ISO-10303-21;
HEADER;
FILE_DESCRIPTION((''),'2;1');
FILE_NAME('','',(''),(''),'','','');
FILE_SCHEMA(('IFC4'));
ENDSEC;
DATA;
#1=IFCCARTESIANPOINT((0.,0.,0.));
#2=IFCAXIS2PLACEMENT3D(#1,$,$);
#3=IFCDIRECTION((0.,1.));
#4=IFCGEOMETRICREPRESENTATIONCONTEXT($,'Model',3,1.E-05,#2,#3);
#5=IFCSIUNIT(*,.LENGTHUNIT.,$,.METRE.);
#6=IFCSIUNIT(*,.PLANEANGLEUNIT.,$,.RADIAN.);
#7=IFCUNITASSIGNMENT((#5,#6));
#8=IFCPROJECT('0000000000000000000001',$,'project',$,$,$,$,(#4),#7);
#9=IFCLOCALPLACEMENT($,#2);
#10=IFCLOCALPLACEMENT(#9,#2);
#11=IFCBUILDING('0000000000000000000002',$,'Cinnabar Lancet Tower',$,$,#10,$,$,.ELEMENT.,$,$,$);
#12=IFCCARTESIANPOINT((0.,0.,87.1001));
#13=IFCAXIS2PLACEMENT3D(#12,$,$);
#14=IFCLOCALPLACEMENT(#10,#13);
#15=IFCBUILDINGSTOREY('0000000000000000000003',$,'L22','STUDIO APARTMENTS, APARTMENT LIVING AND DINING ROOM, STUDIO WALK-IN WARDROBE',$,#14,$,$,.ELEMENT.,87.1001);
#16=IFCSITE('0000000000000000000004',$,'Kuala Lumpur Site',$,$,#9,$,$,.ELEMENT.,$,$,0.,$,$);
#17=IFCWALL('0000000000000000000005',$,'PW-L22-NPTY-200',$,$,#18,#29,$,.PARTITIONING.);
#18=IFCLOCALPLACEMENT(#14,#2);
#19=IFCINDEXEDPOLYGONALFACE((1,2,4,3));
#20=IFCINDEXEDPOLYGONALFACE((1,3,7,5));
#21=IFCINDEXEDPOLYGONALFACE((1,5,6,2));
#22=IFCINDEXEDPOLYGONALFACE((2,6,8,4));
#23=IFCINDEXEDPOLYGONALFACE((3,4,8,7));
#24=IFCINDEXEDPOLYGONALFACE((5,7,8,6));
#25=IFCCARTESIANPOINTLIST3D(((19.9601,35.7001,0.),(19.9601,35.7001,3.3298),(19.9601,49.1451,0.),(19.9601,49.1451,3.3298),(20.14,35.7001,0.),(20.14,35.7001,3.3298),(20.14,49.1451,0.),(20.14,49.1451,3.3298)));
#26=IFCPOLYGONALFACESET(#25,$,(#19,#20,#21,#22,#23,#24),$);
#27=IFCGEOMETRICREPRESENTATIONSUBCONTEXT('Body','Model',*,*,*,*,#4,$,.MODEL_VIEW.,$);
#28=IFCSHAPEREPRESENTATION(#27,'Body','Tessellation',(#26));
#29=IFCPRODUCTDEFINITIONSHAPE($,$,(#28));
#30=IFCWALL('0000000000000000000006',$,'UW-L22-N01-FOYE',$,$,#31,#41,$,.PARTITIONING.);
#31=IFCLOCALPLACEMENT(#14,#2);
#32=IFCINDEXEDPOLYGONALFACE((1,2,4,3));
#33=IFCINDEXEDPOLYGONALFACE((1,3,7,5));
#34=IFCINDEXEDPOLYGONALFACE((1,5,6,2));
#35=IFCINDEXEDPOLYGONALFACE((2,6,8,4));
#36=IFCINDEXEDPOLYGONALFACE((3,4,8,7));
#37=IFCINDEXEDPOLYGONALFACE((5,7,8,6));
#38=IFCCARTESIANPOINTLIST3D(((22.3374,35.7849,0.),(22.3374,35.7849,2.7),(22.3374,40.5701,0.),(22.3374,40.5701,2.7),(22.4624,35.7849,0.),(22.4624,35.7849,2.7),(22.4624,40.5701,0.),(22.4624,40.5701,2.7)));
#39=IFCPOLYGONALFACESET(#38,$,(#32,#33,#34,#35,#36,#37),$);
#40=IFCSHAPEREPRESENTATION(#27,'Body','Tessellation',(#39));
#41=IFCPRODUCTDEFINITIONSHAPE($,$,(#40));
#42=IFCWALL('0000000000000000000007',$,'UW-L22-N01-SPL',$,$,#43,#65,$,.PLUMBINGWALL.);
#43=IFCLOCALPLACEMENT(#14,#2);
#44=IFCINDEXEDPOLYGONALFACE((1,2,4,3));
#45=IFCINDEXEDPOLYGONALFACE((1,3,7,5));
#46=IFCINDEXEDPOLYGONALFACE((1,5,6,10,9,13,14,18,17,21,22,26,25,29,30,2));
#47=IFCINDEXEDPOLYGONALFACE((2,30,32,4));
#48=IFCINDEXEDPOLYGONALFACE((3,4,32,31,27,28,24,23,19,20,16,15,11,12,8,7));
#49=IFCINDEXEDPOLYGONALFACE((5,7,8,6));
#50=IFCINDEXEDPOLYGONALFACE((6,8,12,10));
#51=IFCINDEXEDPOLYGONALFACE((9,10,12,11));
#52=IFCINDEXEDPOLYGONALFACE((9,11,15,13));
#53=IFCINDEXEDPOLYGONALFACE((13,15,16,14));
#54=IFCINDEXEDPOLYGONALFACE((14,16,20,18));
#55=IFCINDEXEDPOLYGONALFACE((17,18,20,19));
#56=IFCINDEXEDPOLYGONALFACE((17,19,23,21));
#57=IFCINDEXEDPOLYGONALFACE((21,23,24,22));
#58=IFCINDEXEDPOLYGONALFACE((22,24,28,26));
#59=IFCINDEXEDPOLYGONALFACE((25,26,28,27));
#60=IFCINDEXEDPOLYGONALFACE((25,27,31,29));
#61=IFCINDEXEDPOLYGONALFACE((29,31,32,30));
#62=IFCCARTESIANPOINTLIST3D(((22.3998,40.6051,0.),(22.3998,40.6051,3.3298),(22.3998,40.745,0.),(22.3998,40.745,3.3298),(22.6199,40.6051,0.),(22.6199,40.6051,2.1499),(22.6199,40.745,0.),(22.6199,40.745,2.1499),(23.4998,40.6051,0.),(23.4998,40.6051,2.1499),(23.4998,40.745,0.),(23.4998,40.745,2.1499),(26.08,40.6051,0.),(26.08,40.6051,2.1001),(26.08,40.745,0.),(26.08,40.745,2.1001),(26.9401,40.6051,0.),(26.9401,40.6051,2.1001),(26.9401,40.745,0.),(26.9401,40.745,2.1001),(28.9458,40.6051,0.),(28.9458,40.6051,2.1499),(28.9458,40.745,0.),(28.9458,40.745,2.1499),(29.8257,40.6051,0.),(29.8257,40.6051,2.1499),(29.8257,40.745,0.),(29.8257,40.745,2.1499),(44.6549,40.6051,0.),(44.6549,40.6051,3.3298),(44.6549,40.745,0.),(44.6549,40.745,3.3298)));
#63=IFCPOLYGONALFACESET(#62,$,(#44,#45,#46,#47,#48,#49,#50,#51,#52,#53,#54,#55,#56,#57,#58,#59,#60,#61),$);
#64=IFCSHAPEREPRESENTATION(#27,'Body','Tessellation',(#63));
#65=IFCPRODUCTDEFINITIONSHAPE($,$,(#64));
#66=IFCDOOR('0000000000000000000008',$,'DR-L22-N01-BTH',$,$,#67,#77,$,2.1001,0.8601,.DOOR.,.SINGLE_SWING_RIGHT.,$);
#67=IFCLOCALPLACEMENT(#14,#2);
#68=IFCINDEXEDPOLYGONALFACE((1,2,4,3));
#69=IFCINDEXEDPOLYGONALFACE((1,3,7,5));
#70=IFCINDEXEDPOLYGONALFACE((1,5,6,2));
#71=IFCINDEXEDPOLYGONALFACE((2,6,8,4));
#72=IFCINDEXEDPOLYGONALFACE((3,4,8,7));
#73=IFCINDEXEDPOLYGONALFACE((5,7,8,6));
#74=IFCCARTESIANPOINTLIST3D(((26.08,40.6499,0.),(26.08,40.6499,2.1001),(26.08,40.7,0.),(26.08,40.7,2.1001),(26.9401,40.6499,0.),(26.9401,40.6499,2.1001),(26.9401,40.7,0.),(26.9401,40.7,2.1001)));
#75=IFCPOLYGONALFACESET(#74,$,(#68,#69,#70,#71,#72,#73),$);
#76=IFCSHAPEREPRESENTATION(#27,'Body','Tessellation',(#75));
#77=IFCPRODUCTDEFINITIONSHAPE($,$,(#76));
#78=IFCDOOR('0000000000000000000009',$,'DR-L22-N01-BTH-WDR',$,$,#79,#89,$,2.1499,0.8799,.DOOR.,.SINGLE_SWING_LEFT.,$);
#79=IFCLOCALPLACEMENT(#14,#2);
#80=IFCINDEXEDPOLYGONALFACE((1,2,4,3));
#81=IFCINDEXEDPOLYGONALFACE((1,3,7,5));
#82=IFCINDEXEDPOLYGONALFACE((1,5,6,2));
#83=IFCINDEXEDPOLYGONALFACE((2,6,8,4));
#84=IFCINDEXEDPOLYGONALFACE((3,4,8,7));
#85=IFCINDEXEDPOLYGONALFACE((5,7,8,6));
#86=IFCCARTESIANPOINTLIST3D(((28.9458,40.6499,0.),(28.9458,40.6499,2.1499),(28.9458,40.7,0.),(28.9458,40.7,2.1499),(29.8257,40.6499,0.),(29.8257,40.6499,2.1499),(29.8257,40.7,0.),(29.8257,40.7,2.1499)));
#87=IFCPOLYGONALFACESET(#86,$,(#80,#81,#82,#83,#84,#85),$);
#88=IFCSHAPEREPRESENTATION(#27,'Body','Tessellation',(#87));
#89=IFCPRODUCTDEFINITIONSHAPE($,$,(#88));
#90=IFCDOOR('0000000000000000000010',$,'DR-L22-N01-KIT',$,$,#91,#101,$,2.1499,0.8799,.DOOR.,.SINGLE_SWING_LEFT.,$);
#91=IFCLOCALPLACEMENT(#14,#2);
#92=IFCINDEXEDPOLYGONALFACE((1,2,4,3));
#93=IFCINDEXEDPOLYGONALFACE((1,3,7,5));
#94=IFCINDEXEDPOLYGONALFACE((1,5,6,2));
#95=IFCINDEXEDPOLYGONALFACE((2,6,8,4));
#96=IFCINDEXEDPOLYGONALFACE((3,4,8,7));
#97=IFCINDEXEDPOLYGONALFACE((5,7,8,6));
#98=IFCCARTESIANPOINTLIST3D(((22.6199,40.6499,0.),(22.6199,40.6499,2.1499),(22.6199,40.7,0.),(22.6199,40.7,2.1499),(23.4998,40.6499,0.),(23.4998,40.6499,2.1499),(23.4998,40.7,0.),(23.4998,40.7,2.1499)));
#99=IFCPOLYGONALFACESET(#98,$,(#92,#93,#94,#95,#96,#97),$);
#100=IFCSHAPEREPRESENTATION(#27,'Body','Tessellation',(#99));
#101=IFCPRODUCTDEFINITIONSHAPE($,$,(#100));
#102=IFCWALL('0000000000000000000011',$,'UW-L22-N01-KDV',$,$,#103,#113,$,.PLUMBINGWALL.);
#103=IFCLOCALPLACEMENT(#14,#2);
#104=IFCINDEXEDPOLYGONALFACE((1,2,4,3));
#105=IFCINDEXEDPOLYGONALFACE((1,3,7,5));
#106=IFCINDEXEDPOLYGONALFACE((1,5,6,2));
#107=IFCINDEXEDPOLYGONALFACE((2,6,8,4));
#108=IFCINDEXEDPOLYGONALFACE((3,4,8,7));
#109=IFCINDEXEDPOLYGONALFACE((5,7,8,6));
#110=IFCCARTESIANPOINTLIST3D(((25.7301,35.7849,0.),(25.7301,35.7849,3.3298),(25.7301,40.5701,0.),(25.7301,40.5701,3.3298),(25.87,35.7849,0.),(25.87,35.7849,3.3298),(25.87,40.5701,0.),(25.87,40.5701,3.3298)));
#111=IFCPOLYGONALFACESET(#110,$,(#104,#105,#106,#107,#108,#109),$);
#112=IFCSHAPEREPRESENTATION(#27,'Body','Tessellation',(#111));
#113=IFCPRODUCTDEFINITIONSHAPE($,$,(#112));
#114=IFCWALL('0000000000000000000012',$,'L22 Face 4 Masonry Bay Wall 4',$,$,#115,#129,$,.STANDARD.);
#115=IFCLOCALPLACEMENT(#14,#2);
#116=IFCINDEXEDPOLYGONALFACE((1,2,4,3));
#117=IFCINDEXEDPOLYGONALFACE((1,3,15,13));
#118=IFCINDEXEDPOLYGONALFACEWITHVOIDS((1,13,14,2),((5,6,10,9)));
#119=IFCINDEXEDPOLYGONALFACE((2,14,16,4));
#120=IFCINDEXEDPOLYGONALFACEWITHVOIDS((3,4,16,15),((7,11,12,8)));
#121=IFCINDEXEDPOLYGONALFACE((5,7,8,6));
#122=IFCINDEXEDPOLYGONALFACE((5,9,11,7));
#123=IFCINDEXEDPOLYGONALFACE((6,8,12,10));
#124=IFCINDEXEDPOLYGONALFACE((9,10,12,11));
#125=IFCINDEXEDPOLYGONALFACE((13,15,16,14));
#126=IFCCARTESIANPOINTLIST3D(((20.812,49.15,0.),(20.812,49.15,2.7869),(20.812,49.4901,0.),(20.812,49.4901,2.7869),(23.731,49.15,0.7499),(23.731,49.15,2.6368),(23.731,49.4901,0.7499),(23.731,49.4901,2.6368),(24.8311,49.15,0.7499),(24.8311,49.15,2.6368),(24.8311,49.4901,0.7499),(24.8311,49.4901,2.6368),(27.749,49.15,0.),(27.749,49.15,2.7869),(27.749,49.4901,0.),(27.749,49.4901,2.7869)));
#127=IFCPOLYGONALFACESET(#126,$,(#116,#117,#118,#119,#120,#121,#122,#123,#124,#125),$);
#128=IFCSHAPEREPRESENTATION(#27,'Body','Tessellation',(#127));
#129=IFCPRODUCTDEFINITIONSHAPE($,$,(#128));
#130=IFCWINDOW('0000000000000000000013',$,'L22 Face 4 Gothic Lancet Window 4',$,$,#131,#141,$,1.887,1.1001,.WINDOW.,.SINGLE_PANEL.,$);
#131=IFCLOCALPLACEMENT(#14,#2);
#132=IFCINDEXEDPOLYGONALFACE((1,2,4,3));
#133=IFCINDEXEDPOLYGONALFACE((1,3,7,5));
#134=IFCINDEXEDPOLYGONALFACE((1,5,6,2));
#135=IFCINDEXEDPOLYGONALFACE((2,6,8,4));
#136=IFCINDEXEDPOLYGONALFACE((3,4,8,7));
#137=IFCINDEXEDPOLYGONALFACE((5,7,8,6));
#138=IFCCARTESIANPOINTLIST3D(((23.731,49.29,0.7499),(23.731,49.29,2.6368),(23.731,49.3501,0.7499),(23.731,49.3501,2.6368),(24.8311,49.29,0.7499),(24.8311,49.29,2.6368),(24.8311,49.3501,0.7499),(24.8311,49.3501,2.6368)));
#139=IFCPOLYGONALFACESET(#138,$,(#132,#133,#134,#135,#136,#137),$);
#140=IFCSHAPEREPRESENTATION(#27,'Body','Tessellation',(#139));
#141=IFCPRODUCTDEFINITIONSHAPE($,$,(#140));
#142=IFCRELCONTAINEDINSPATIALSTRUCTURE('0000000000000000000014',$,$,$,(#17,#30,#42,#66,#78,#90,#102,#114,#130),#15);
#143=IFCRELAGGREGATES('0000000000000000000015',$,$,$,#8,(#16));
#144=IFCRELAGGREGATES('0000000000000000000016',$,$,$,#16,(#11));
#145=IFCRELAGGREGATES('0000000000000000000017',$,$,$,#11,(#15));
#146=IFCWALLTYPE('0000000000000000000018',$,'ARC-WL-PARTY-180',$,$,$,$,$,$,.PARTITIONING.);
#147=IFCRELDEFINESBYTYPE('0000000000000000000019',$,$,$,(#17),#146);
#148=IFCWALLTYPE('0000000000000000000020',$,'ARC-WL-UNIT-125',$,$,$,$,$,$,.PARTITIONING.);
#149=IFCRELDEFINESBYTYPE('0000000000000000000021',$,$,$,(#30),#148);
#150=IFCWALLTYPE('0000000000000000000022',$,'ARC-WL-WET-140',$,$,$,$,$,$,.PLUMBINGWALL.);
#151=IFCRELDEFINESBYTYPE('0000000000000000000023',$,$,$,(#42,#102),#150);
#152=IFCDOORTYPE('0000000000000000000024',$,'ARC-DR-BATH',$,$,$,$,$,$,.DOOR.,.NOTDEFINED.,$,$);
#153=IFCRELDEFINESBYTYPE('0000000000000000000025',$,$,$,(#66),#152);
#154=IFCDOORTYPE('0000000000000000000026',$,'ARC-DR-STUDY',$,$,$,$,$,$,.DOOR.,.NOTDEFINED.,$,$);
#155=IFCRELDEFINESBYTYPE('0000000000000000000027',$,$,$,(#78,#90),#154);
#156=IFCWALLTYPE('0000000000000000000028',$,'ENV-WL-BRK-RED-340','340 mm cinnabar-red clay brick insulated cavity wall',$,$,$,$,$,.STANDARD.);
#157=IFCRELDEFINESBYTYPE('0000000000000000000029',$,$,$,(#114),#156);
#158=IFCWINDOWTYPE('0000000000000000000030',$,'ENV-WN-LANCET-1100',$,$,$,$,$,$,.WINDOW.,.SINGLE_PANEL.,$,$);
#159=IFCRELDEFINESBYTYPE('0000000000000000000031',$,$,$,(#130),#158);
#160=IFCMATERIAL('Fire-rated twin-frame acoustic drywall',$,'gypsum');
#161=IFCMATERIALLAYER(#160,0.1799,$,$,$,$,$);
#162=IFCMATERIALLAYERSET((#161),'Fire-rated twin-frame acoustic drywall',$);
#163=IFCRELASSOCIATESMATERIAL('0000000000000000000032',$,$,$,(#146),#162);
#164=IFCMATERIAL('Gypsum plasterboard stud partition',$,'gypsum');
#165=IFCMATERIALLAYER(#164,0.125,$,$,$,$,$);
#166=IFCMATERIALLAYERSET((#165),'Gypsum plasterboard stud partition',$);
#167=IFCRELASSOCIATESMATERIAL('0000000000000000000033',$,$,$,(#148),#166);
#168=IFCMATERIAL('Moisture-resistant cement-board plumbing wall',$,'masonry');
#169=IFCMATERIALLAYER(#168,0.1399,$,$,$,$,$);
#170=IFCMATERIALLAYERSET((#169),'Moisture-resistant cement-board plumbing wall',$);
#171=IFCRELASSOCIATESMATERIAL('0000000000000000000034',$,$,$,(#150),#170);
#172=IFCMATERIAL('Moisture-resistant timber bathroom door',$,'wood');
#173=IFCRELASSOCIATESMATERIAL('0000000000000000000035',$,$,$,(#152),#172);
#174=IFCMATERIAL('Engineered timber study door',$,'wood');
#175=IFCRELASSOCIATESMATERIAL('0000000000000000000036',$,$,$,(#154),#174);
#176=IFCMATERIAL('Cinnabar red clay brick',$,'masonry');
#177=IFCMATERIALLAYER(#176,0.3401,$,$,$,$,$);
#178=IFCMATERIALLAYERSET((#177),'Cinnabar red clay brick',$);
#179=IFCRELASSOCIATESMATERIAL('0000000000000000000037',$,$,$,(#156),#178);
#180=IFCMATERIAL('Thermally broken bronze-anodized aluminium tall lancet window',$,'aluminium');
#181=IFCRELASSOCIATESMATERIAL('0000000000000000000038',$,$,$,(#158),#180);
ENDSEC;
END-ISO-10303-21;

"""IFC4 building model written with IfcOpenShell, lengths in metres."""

from ifc_helpers import new_model, si_unit, direction, frame, frame_2d, origin, place, context, subcontext, project, spatial, rectangle, extrude, material, layer, layer_set, type_object, element, fill, save


model = new_model("IFC4")

# Units and contexts
model_context = context("Model", 3, precision=1e-05, world=origin(), true_north=direction((0.0, 1.0)))
body_context = subcontext(model_context, "Body", "Model", "MODEL_VIEW")
ifc_project = project(units=[si_unit("LENGTHUNIT", "METRE"), si_unit("PLANEANGLEUNIT", "RADIAN")], contexts=[model_context])

# Site, building, storey
site_placement = place(None, origin())
site = spatial("IfcSite", under=ifc_project, at=site_placement, Name="Kuala Lumpur Site", CompositionType="ELEMENT", RefElevation=0.0)
building_placement = place(site_placement, origin())
building = spatial("IfcBuilding", under=site, at=building_placement, Name="Cinnabar Lancet Tower", CompositionType="ELEMENT")
storey_placement = place(building_placement, frame((0.0, 0.0, 87.1001)))
storey = spatial("IfcBuildingStorey", under=building, at=storey_placement, Name="L22", Description="STUDIO APARTMENTS, APARTMENT LIVING AND DINING ROOM, STUDIO WALK-IN WARDROBE", CompositionType="ELEMENT", Elevation=87.1001)

# Walls
ifc_material_1 = material(Name="Fire-rated twin-frame acoustic drywall", Category="gypsum")
ifc_layer_1 = layer(ifc_material_1, 0.1799)
ifc_layer_set_1 = layer_set([ifc_layer_1], Name="Fire-rated twin-frame acoustic drywall")
wall_type_1 = type_object("IfcWallType", Name="ARC-WL-PARTY-180", PredefinedType="PARTITIONING", material=ifc_layer_set_1)
wall_1_placement = place(storey_placement, frame((20.05, 35.7, 0.0), z_axis=(0.0, 0.0, 1.0), x_axis=(0.0, 1.0, 0.0)))
element("IfcWall", 1, at=wall_1_placement, inside=storey, type_object=wall_type_1, Name="PW-L22-NPTY-200", PredefinedType="PARTITIONING", context=body_context, shape_type="SweptSolid", body=[
    extrude(rectangle(XDim=13.4451, YDim=0.1799, at=frame_2d((6.7227, 0.0))), origin(), (0.0, 0.0, 1.0), 3.3298),
])
ifc_material_2 = material(Name="Gypsum plasterboard stud partition", Category="gypsum")
ifc_layer_2 = layer(ifc_material_2, 0.125)
ifc_layer_set_2 = layer_set([ifc_layer_2], Name="Gypsum plasterboard stud partition")
wall_type_2 = type_object("IfcWallType", Name="ARC-WL-UNIT-125", PredefinedType="PARTITIONING", material=ifc_layer_set_2)
wall_2_placement = place(storey_placement, frame((22.3999, 35.7849, 0.0), z_axis=(0.0, 0.0, 1.0), x_axis=(0.0, 1.0, 0.0)))
element("IfcWall", 2, at=wall_2_placement, inside=storey, type_object=wall_type_2, Name="UW-L22-N01-FOYE", PredefinedType="PARTITIONING", context=body_context, shape_type="SweptSolid", body=[
    extrude(rectangle(XDim=4.7852, YDim=0.125, at=frame_2d((2.3926, 0.0))), origin(), (0.0, 0.0, 1.0), 2.7),
])

# Wall, openings, doors
ifc_material_3 = material(Name="Moisture-resistant cement-board plumbing wall", Category="masonry")
ifc_layer_3 = layer(ifc_material_3, 0.1399)
ifc_layer_set_3 = layer_set([ifc_layer_3], Name="Moisture-resistant cement-board plumbing wall")
wall_type_3 = type_object("IfcWallType", Name="ARC-WL-WET-140", PredefinedType="PLUMBINGWALL", material=ifc_layer_set_3)
wall_3_placement = place(storey_placement, frame((22.3999, 40.675, 0.0), z_axis=(0.0, 0.0, 1.0), x_axis=(1.0, 0.0, 0.0)))
wall_3 = element("IfcWall", 3, at=wall_3_placement, inside=storey, type_object=wall_type_3, Name="UW-L22-N01-SPL", PredefinedType="PLUMBINGWALL", context=body_context, shape_type="SweptSolid", body=[
    extrude(rectangle(XDim=22.2551, YDim=0.1399, at=frame_2d((11.1274, 0.0))), origin(), (0.0, 0.0, 1.0), 3.3298),
])
opening_1_placement = place(wall_3_placement, frame((3.6799, 0.0, 0.0)))
opening_1 = element("IfcOpeningElement", 4, at=opening_1_placement, cuts=wall_3, PredefinedType="OPENING", context=body_context, shape_type="SweptSolid", body=[
    extrude(rectangle(XDim=0.8601, YDim=2.1001, at=frame_2d((0.4302, 1.05))), frame((0.0, 0.0798, 0.0), z_axis=(0.0, -1.0, 0.0), x_axis=(1.0, 0.0, 0.0)), (0.0, 0.0, 1.0), 0.1599),
])
opening_2_placement = place(wall_3_placement, frame((6.5459, 0.0, 0.0)))
opening_2 = element("IfcOpeningElement", 5, at=opening_2_placement, cuts=wall_3, PredefinedType="OPENING", context=body_context, shape_type="SweptSolid", body=[
    extrude(rectangle(XDim=0.8799, YDim=2.1499, at=frame_2d((0.4399, 1.075))), frame((0.0, 0.0798, 0.0), z_axis=(0.0, -1.0, 0.0), x_axis=(1.0, 0.0, 0.0)), (0.0, 0.0, 1.0), 0.1599),
])
opening_3_placement = place(wall_3_placement, frame((0.22, 0.0, 0.0)))
opening_3 = element("IfcOpeningElement", 6, at=opening_3_placement, cuts=wall_3, PredefinedType="OPENING", context=body_context, shape_type="SweptSolid", body=[
    extrude(rectangle(XDim=0.8799, YDim=2.1499, at=frame_2d((0.4399, 1.075))), frame((0.0, 0.0798, 0.0), z_axis=(0.0, -1.0, 0.0), x_axis=(1.0, 0.0, 0.0)), (0.0, 0.0, 1.0), 0.1599),
])
ifc_material_4 = material(Name="Moisture-resistant timber bathroom door", Category="wood")
door_type_1 = type_object("IfcDoorType", Name="ARC-DR-BATH", OperationType="NOTDEFINED", PredefinedType="DOOR", material=ifc_material_4)
door_1_placement = place(opening_1_placement, origin())
door_1 = element("IfcDoor", 7, at=door_1_placement, inside=storey, type_object=door_type_1, Name="DR-L22-N01-BTH", OperationType="SINGLE_SWING_RIGHT", OverallHeight=2.1001, OverallWidth=0.8601, PredefinedType="DOOR", context=body_context, shape_type="SweptSolid", body=[
    extrude(rectangle(XDim=0.8601, YDim=2.1001, at=frame_2d((0.4302, 1.05))), frame((0.0, 0.0249, 0.0), z_axis=(0.0, -1.0, 0.0), x_axis=(1.0, 0.0, 0.0)), (0.0, 0.0, 1.0), 0.05),
])
fill(opening_1, door_1)
ifc_material_5 = material(Name="Engineered timber study door", Category="wood")
door_type_2 = type_object("IfcDoorType", Name="ARC-DR-STUDY", OperationType="NOTDEFINED", PredefinedType="DOOR", material=ifc_material_5)
door_2_placement = place(opening_2_placement, origin())
door_2 = element("IfcDoor", 8, at=door_2_placement, inside=storey, type_object=door_type_2, Name="DR-L22-N01-BTH-WDR", OperationType="SINGLE_SWING_LEFT", OverallHeight=2.1499, OverallWidth=0.8799, PredefinedType="DOOR", context=body_context, shape_type="SweptSolid", body=[
    extrude(rectangle(XDim=0.8799, YDim=2.1499, at=frame_2d((0.4399, 1.075))), frame((0.0, 0.0249, 0.0), z_axis=(0.0, -1.0, 0.0), x_axis=(1.0, 0.0, 0.0)), (0.0, 0.0, 1.0), 0.05),
])
fill(opening_2, door_2)
door_3_placement = place(opening_3_placement, origin())
door_3 = element("IfcDoor", 9, at=door_3_placement, inside=storey, type_object=door_type_2, Name="DR-L22-N01-KIT", OperationType="SINGLE_SWING_LEFT", OverallHeight=2.1499, OverallWidth=0.8799, PredefinedType="DOOR", context=body_context, shape_type="SweptSolid", body=[
    extrude(rectangle(XDim=0.8799, YDim=2.1499, at=frame_2d((0.4399, 1.075))), frame((0.0, 0.0249, 0.0), z_axis=(0.0, -1.0, 0.0), x_axis=(1.0, 0.0, 0.0)), (0.0, 0.0, 1.0), 0.05),
])
fill(opening_3, door_3)

# Wall
wall_4_placement = place(storey_placement, frame((25.8, 35.7849, 0.0), z_axis=(0.0, 0.0, 1.0), x_axis=(0.0, 1.0, 0.0)))
element("IfcWall", 10, at=wall_4_placement, inside=storey, type_object=wall_type_3, Name="UW-L22-N01-KDV", PredefinedType="PLUMBINGWALL", context=body_context, shape_type="SweptSolid", body=[
    extrude(rectangle(XDim=4.7852, YDim=0.1399, at=frame_2d((2.3926, 0.0))), origin(), (0.0, 0.0, 1.0), 3.3298),
])

# Wall, opening, window
ifc_material_6 = material(Name="Cinnabar red clay brick", Category="masonry")
ifc_layer_4 = layer(ifc_material_6, 0.3401)
ifc_layer_set_4 = layer_set([ifc_layer_4], Name="Cinnabar red clay brick")
wall_type_4 = type_object("IfcWallType", Name="ENV-WL-BRK-RED-340", Description="340 mm cinnabar-red clay brick insulated cavity wall", PredefinedType="STANDARD", material=ifc_layer_set_4)
wall_5_placement = place(storey_placement, frame((27.749, 49.3201, 0.0), z_axis=(0.0, 0.0, 1.0), x_axis=(-1.0, 0.0, 0.0)))
wall_5 = element("IfcWall", 11, at=wall_5_placement, inside=storey, type_object=wall_type_4, Name="L22 Face 4 Masonry Bay Wall 4", PredefinedType="STANDARD", context=body_context, shape_type="SweptSolid", body=[
    extrude(rectangle(XDim=6.937, YDim=0.3401, at=frame_2d((3.4685, 0.0))), origin(), (0.0, 0.0, 1.0), 2.7869),
])
opening_4_placement = place(wall_5_placement, frame((2.918, 0.0, 0.75)))
opening_4 = element("IfcOpeningElement", 12, at=opening_4_placement, cuts=wall_5, PredefinedType="OPENING", context=body_context, shape_type="SweptSolid", body=[
    extrude(rectangle(XDim=1.1001, YDim=1.887, at=frame_2d((0.55, 0.9434))), frame((0.0, 0.1799, 0.0), z_axis=(0.0, -1.0, 0.0), x_axis=(1.0, 0.0, 0.0)), (0.0, 0.0, 1.0), 0.3601),
])
ifc_material_7 = material(Name="Thermally broken bronze-anodized aluminium tall lancet window", Category="aluminium")
window_type = type_object("IfcWindowType", Name="ENV-WN-LANCET-1100", PartitioningType="SINGLE_PANEL", PredefinedType="WINDOW", material=ifc_material_7)
window_1_placement = place(opening_4_placement, origin())
window_1 = element("IfcWindow", 13, at=window_1_placement, inside=storey, type_object=window_type, Name="L22 Face 4 Gothic Lancet Window 4", OverallHeight=1.887, OverallWidth=1.1001, PartitioningType="SINGLE_PANEL", PredefinedType="WINDOW", context=body_context, shape_type="SweptSolid", body=[
    extrude(rectangle(XDim=1.1001, YDim=1.887, at=frame_2d((0.55, 0.9434))), frame((0.0, 0.03, 0.0), z_axis=(0.0, -1.0, 0.0), x_axis=(1.0, 0.0, 0.0)), (0.0, 0.0, 1.0), 0.0601),
])
fill(opening_4, window_1)

save(model, "model.ifc")
